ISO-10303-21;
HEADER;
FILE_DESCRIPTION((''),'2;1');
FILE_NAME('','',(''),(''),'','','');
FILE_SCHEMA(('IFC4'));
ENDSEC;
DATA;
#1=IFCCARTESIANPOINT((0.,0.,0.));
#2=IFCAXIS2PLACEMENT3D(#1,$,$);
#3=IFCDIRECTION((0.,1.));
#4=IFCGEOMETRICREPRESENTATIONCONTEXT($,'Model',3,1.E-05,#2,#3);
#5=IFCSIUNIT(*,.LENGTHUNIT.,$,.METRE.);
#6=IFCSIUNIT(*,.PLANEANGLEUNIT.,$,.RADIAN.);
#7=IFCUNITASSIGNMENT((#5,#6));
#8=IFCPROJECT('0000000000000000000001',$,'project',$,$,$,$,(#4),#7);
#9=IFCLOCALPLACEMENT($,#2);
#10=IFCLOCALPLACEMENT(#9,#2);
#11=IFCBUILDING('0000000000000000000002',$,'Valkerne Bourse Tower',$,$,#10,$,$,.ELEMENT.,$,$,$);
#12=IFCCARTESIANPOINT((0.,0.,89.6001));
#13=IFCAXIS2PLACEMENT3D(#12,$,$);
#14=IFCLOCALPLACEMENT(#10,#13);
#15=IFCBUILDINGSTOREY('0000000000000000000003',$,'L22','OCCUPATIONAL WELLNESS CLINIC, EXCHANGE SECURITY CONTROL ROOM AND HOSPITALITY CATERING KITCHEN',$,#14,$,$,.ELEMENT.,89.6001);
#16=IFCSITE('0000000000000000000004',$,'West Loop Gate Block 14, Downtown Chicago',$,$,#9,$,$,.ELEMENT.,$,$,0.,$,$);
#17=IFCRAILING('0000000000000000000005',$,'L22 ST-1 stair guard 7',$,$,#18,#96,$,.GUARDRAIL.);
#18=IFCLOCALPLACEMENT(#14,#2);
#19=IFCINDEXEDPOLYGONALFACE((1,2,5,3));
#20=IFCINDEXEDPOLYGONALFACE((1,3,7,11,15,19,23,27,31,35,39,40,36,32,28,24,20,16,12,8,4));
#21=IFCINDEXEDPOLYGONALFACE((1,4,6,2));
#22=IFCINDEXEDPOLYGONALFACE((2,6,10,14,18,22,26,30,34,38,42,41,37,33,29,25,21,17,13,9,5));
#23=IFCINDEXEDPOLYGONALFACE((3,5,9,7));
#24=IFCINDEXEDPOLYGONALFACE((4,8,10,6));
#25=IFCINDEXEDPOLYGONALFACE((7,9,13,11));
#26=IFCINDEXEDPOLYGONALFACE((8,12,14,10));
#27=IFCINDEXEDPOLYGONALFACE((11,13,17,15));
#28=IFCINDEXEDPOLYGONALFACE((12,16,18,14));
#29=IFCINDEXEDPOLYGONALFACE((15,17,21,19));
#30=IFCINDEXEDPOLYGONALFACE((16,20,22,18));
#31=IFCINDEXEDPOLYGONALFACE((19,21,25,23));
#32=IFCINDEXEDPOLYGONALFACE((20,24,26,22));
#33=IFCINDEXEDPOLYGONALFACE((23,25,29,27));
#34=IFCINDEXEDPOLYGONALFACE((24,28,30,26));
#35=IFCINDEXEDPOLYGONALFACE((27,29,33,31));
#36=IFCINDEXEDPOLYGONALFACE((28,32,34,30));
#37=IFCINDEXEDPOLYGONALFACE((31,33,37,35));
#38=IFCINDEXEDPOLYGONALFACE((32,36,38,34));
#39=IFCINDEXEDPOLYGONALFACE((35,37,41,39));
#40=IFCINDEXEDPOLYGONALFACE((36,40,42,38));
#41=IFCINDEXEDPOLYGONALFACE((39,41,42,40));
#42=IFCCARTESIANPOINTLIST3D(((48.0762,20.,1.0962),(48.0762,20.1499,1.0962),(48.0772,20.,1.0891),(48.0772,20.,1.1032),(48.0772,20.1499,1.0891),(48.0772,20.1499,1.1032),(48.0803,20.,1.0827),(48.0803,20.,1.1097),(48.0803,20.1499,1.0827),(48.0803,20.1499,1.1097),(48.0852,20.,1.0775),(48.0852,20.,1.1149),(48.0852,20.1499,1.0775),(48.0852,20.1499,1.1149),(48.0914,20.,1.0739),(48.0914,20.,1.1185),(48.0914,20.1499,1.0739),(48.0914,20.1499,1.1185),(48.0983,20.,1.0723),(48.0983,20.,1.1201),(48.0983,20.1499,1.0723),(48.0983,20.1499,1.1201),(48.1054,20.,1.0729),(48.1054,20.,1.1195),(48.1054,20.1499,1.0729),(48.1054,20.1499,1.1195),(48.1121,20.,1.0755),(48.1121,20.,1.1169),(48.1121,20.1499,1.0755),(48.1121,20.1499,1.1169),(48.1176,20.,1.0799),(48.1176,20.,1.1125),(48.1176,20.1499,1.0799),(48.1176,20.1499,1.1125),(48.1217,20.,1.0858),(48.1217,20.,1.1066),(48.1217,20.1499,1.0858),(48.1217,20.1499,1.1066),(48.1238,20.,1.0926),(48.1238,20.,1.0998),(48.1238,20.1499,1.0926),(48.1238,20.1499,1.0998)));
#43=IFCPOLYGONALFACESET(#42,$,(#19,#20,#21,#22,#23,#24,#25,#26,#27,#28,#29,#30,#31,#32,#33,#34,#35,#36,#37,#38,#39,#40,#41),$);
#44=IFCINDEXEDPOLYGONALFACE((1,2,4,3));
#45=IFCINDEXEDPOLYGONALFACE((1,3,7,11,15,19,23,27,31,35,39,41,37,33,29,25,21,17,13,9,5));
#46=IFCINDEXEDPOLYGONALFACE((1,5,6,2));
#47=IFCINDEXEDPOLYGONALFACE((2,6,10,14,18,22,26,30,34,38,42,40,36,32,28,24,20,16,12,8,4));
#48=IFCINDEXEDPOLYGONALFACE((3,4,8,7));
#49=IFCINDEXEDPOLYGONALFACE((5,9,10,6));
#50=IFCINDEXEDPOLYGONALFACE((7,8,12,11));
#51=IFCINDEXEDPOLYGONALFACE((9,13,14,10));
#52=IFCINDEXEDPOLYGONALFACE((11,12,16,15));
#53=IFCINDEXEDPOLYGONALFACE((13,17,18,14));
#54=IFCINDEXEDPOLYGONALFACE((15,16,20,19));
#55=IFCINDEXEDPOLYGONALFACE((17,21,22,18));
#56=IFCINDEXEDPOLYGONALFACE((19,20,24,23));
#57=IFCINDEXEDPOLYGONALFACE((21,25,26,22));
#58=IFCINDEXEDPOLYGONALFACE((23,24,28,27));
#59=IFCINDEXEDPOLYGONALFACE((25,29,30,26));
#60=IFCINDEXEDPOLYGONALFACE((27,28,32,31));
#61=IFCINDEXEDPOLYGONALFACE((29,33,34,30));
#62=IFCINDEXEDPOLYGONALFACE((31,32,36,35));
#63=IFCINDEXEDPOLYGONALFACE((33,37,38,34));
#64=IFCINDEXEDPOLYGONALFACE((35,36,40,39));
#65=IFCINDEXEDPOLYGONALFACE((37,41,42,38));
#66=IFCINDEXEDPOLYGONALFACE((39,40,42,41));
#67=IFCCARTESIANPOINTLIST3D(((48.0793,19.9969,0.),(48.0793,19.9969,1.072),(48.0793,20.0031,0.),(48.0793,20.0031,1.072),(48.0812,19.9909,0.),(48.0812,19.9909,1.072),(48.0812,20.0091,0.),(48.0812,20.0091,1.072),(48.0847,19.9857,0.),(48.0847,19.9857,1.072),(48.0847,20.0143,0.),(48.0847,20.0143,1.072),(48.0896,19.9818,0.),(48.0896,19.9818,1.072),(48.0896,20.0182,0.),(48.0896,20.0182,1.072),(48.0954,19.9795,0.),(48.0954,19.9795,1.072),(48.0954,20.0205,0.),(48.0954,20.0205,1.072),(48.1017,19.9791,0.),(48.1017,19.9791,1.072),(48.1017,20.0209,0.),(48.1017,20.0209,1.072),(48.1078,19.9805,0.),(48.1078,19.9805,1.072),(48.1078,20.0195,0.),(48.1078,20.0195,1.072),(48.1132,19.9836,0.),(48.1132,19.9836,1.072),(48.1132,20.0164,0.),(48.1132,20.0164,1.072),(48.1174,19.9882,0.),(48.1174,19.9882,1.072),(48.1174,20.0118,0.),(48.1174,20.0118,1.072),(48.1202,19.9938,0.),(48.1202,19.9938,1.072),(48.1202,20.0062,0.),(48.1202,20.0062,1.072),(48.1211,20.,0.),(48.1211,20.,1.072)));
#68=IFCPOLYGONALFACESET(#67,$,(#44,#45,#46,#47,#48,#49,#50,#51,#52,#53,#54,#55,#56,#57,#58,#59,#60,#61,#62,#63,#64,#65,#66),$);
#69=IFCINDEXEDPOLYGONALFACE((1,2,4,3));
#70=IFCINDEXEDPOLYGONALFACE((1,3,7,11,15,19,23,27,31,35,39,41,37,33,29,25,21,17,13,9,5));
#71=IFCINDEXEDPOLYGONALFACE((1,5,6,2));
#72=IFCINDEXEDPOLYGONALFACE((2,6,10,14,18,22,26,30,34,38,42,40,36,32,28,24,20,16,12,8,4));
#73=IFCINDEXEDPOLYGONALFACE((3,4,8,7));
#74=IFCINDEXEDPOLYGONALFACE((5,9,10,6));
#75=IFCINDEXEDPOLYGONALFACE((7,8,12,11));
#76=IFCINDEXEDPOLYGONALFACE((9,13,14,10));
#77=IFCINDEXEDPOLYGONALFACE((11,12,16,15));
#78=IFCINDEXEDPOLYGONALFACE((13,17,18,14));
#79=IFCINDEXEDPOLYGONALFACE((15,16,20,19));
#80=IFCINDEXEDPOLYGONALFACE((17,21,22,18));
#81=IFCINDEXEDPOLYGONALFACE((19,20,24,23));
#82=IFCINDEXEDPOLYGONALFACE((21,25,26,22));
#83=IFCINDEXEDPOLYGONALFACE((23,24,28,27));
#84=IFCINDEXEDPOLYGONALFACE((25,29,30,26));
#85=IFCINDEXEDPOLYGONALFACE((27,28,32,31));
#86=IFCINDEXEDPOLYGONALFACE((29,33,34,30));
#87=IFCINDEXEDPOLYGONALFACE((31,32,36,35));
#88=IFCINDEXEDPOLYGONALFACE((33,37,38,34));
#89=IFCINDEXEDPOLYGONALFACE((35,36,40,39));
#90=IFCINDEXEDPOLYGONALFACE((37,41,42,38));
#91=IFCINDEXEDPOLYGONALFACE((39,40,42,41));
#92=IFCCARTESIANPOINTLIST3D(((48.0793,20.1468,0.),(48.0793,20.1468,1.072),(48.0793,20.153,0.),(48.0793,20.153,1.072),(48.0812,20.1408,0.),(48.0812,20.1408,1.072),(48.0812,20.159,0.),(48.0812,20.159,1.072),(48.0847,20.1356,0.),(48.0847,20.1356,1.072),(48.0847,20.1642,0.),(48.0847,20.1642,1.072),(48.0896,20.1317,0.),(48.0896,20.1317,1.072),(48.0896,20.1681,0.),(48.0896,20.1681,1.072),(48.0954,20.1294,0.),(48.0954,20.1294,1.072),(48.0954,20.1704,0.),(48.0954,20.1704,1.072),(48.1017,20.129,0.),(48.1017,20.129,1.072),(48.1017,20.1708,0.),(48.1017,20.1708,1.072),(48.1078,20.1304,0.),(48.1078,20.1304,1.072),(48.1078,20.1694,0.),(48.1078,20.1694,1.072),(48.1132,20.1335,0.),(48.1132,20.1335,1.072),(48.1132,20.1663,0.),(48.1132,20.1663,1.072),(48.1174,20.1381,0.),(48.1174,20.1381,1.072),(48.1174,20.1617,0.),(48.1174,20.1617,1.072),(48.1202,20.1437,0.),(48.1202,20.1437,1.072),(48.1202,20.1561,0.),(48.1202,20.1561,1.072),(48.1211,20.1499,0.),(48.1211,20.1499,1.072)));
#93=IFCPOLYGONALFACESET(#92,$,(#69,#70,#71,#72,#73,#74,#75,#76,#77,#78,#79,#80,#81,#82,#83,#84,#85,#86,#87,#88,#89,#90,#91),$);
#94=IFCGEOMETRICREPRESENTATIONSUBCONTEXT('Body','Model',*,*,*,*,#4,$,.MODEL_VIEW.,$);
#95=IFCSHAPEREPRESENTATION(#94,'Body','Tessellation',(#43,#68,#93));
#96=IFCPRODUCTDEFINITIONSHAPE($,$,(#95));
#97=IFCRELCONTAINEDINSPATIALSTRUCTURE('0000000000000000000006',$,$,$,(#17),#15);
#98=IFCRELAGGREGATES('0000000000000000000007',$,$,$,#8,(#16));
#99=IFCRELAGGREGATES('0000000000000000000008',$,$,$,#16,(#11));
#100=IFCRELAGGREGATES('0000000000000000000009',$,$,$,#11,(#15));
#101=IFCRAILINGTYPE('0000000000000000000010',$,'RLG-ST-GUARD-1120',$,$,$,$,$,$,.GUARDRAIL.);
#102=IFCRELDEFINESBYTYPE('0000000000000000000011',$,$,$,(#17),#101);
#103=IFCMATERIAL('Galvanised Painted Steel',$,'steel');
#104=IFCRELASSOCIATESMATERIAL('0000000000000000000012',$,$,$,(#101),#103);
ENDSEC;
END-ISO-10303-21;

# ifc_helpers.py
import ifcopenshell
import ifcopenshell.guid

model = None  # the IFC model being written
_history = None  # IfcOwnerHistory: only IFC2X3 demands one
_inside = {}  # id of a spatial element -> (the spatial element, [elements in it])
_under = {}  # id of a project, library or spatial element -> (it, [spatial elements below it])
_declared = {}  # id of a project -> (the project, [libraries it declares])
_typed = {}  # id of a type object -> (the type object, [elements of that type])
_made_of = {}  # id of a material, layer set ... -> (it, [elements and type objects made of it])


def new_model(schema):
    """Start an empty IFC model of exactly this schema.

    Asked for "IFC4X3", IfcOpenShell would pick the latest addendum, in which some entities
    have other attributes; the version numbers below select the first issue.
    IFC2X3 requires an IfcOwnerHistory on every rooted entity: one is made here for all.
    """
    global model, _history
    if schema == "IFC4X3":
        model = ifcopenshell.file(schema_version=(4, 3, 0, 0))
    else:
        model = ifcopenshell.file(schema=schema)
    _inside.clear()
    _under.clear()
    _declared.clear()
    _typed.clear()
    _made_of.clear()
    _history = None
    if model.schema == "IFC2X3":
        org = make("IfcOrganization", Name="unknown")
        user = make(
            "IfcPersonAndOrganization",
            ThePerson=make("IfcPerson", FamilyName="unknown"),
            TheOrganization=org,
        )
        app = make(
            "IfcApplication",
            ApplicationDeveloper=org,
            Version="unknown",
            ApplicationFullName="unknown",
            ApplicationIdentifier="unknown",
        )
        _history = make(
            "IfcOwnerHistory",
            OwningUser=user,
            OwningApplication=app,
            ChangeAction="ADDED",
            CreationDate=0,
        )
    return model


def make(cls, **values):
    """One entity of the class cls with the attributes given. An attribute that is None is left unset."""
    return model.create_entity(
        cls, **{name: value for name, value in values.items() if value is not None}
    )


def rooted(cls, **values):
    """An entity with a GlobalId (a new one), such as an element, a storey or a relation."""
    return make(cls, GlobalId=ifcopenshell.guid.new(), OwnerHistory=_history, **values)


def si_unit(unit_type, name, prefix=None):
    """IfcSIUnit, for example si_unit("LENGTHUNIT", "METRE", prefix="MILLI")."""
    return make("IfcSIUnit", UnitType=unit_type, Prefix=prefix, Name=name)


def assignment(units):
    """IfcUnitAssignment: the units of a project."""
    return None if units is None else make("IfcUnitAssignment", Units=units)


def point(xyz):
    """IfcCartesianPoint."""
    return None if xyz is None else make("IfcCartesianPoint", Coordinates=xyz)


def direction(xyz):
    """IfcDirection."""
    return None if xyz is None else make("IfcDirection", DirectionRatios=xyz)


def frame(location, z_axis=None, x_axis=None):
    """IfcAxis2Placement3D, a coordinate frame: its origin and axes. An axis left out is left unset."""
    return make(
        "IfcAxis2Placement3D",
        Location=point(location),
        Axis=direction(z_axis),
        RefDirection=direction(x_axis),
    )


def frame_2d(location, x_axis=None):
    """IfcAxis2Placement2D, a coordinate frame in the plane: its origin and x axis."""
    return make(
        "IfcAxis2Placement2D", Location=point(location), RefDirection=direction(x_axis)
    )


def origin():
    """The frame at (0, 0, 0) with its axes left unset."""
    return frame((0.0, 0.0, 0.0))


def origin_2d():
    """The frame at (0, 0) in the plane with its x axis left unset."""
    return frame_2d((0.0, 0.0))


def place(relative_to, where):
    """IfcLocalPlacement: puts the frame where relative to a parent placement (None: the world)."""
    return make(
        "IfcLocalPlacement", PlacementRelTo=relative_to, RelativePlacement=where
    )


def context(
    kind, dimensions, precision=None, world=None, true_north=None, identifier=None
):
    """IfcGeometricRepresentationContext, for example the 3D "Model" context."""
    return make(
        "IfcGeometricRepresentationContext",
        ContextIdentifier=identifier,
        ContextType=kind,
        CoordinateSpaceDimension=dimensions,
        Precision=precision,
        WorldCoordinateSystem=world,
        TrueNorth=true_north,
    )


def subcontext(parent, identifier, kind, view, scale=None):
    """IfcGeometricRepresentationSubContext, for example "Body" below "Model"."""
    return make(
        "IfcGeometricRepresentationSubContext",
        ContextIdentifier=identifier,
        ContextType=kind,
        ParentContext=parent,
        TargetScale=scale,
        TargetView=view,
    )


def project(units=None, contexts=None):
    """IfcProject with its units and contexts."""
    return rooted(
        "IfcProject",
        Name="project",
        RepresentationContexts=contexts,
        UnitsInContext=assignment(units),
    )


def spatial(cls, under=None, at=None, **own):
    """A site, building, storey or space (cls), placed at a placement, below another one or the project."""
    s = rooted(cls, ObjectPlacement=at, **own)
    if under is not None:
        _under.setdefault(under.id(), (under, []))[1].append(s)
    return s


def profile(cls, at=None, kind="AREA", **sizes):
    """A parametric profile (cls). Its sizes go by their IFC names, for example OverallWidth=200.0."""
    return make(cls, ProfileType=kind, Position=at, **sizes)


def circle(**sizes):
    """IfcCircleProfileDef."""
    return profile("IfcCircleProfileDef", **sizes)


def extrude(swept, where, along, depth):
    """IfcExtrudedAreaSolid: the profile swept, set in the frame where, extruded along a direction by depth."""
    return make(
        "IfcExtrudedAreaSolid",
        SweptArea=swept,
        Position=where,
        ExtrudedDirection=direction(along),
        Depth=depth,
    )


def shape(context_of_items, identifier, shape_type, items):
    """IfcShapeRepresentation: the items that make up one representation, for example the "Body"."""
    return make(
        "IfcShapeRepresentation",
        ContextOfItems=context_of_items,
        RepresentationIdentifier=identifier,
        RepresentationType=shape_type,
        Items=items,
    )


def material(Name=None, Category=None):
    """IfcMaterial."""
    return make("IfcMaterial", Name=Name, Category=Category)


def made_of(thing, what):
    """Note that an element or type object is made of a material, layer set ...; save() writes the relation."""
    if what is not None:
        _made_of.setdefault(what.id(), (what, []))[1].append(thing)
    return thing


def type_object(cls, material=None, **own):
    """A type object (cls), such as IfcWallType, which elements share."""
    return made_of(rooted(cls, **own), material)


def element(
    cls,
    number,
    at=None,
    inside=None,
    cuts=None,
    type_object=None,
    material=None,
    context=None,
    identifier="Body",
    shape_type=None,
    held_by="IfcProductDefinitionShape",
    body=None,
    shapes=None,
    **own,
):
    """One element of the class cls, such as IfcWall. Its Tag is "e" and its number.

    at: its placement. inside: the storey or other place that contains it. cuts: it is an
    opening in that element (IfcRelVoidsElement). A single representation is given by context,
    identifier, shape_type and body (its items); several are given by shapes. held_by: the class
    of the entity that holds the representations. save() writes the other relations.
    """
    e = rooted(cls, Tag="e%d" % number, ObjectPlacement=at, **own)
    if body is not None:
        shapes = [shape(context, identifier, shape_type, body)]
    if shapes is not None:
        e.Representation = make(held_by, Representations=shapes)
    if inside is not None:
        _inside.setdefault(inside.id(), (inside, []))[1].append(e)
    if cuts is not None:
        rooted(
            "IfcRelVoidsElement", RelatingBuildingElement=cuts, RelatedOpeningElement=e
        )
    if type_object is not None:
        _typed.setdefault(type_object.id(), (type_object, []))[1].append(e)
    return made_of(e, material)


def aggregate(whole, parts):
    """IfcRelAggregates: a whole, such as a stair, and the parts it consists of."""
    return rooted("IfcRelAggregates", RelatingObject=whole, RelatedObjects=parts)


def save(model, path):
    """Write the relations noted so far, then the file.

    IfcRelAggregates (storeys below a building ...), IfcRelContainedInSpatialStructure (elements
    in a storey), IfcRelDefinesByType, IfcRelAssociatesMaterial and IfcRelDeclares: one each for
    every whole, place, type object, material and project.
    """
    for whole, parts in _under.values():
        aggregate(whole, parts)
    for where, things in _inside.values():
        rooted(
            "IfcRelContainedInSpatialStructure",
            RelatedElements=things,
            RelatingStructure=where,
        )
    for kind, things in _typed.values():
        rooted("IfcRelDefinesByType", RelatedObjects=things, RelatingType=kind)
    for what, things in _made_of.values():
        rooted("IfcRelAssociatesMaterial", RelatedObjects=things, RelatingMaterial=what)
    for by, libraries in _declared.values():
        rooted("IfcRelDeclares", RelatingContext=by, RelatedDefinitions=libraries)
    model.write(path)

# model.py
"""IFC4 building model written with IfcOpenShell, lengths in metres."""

from ifc_helpers import new_model, si_unit, direction, frame, origin, origin_2d, place, context, subcontext, project, spatial, circle, extrude, material, type_object, element, save


model = new_model("IFC4")

# Units and contexts
model_context = context("Model", 3, precision=1e-05, world=origin(), true_north=direction((0.0, 1.0)))
body_context = subcontext(model_context, "Body", "Model", "MODEL_VIEW")
ifc_project = project(units=[si_unit("LENGTHUNIT", "METRE"), si_unit("PLANEANGLEUNIT", "RADIAN")], contexts=[model_context])

# Site, building, storey
site_placement = place(None, origin())
site = spatial("IfcSite", under=ifc_project, at=site_placement, Name="West Loop Gate Block 14, Downtown Chicago", CompositionType="ELEMENT", RefElevation=0.0)
building_placement = place(site_placement, origin())
building = spatial("IfcBuilding", under=site, at=building_placement, Name="Valkerne Bourse Tower", CompositionType="ELEMENT")
storey_placement = place(building_placement, frame((0.0, 0.0, 89.6001)))
storey = spatial("IfcBuildingStorey", under=building, at=storey_placement, Name="L22", Description="OCCUPATIONAL WELLNESS CLINIC, EXCHANGE SECURITY CONTROL ROOM AND HOSPITALITY CATERING KITCHEN", CompositionType="ELEMENT", Elevation=89.6001)

# Shared definitions
ifc_material_1 = material(Name="Galvanised Painted Steel", Category="steel")

# Railing
railing_type_1 = type_object("IfcRailingType", Name="RLG-ST-GUARD-1120", PredefinedType="GUARDRAIL", material=ifc_material_1)
railing_1_placement = place(storey_placement, frame((48.1001, 20.0, 0.0)))
element("IfcRailing", 1, at=railing_1_placement, inside=storey, type_object=railing_type_1, Name="L22 ST-1 stair guard 7", PredefinedType="GUARDRAIL", context=body_context, shape_type="SweptSolid", body=[
    extrude(circle(Radius=0.0239, at=origin_2d()), frame((0.0, 0.0, 1.0962), z_axis=(0.0, 1.0, 0.0), x_axis=(-1.0, 0.0, 0.0)), (0.0, 0.0, 1.0), 0.1499),
    extrude(circle(Radius=0.021, at=origin_2d()), origin(), (0.0, 0.0, 1.0), 1.072),
    extrude(circle(Radius=0.021, at=origin_2d()), frame((0.0, 0.1499, 0.0)), (0.0, 0.0, 1.0), 1.072),
])

save(model, "model.ifc")
